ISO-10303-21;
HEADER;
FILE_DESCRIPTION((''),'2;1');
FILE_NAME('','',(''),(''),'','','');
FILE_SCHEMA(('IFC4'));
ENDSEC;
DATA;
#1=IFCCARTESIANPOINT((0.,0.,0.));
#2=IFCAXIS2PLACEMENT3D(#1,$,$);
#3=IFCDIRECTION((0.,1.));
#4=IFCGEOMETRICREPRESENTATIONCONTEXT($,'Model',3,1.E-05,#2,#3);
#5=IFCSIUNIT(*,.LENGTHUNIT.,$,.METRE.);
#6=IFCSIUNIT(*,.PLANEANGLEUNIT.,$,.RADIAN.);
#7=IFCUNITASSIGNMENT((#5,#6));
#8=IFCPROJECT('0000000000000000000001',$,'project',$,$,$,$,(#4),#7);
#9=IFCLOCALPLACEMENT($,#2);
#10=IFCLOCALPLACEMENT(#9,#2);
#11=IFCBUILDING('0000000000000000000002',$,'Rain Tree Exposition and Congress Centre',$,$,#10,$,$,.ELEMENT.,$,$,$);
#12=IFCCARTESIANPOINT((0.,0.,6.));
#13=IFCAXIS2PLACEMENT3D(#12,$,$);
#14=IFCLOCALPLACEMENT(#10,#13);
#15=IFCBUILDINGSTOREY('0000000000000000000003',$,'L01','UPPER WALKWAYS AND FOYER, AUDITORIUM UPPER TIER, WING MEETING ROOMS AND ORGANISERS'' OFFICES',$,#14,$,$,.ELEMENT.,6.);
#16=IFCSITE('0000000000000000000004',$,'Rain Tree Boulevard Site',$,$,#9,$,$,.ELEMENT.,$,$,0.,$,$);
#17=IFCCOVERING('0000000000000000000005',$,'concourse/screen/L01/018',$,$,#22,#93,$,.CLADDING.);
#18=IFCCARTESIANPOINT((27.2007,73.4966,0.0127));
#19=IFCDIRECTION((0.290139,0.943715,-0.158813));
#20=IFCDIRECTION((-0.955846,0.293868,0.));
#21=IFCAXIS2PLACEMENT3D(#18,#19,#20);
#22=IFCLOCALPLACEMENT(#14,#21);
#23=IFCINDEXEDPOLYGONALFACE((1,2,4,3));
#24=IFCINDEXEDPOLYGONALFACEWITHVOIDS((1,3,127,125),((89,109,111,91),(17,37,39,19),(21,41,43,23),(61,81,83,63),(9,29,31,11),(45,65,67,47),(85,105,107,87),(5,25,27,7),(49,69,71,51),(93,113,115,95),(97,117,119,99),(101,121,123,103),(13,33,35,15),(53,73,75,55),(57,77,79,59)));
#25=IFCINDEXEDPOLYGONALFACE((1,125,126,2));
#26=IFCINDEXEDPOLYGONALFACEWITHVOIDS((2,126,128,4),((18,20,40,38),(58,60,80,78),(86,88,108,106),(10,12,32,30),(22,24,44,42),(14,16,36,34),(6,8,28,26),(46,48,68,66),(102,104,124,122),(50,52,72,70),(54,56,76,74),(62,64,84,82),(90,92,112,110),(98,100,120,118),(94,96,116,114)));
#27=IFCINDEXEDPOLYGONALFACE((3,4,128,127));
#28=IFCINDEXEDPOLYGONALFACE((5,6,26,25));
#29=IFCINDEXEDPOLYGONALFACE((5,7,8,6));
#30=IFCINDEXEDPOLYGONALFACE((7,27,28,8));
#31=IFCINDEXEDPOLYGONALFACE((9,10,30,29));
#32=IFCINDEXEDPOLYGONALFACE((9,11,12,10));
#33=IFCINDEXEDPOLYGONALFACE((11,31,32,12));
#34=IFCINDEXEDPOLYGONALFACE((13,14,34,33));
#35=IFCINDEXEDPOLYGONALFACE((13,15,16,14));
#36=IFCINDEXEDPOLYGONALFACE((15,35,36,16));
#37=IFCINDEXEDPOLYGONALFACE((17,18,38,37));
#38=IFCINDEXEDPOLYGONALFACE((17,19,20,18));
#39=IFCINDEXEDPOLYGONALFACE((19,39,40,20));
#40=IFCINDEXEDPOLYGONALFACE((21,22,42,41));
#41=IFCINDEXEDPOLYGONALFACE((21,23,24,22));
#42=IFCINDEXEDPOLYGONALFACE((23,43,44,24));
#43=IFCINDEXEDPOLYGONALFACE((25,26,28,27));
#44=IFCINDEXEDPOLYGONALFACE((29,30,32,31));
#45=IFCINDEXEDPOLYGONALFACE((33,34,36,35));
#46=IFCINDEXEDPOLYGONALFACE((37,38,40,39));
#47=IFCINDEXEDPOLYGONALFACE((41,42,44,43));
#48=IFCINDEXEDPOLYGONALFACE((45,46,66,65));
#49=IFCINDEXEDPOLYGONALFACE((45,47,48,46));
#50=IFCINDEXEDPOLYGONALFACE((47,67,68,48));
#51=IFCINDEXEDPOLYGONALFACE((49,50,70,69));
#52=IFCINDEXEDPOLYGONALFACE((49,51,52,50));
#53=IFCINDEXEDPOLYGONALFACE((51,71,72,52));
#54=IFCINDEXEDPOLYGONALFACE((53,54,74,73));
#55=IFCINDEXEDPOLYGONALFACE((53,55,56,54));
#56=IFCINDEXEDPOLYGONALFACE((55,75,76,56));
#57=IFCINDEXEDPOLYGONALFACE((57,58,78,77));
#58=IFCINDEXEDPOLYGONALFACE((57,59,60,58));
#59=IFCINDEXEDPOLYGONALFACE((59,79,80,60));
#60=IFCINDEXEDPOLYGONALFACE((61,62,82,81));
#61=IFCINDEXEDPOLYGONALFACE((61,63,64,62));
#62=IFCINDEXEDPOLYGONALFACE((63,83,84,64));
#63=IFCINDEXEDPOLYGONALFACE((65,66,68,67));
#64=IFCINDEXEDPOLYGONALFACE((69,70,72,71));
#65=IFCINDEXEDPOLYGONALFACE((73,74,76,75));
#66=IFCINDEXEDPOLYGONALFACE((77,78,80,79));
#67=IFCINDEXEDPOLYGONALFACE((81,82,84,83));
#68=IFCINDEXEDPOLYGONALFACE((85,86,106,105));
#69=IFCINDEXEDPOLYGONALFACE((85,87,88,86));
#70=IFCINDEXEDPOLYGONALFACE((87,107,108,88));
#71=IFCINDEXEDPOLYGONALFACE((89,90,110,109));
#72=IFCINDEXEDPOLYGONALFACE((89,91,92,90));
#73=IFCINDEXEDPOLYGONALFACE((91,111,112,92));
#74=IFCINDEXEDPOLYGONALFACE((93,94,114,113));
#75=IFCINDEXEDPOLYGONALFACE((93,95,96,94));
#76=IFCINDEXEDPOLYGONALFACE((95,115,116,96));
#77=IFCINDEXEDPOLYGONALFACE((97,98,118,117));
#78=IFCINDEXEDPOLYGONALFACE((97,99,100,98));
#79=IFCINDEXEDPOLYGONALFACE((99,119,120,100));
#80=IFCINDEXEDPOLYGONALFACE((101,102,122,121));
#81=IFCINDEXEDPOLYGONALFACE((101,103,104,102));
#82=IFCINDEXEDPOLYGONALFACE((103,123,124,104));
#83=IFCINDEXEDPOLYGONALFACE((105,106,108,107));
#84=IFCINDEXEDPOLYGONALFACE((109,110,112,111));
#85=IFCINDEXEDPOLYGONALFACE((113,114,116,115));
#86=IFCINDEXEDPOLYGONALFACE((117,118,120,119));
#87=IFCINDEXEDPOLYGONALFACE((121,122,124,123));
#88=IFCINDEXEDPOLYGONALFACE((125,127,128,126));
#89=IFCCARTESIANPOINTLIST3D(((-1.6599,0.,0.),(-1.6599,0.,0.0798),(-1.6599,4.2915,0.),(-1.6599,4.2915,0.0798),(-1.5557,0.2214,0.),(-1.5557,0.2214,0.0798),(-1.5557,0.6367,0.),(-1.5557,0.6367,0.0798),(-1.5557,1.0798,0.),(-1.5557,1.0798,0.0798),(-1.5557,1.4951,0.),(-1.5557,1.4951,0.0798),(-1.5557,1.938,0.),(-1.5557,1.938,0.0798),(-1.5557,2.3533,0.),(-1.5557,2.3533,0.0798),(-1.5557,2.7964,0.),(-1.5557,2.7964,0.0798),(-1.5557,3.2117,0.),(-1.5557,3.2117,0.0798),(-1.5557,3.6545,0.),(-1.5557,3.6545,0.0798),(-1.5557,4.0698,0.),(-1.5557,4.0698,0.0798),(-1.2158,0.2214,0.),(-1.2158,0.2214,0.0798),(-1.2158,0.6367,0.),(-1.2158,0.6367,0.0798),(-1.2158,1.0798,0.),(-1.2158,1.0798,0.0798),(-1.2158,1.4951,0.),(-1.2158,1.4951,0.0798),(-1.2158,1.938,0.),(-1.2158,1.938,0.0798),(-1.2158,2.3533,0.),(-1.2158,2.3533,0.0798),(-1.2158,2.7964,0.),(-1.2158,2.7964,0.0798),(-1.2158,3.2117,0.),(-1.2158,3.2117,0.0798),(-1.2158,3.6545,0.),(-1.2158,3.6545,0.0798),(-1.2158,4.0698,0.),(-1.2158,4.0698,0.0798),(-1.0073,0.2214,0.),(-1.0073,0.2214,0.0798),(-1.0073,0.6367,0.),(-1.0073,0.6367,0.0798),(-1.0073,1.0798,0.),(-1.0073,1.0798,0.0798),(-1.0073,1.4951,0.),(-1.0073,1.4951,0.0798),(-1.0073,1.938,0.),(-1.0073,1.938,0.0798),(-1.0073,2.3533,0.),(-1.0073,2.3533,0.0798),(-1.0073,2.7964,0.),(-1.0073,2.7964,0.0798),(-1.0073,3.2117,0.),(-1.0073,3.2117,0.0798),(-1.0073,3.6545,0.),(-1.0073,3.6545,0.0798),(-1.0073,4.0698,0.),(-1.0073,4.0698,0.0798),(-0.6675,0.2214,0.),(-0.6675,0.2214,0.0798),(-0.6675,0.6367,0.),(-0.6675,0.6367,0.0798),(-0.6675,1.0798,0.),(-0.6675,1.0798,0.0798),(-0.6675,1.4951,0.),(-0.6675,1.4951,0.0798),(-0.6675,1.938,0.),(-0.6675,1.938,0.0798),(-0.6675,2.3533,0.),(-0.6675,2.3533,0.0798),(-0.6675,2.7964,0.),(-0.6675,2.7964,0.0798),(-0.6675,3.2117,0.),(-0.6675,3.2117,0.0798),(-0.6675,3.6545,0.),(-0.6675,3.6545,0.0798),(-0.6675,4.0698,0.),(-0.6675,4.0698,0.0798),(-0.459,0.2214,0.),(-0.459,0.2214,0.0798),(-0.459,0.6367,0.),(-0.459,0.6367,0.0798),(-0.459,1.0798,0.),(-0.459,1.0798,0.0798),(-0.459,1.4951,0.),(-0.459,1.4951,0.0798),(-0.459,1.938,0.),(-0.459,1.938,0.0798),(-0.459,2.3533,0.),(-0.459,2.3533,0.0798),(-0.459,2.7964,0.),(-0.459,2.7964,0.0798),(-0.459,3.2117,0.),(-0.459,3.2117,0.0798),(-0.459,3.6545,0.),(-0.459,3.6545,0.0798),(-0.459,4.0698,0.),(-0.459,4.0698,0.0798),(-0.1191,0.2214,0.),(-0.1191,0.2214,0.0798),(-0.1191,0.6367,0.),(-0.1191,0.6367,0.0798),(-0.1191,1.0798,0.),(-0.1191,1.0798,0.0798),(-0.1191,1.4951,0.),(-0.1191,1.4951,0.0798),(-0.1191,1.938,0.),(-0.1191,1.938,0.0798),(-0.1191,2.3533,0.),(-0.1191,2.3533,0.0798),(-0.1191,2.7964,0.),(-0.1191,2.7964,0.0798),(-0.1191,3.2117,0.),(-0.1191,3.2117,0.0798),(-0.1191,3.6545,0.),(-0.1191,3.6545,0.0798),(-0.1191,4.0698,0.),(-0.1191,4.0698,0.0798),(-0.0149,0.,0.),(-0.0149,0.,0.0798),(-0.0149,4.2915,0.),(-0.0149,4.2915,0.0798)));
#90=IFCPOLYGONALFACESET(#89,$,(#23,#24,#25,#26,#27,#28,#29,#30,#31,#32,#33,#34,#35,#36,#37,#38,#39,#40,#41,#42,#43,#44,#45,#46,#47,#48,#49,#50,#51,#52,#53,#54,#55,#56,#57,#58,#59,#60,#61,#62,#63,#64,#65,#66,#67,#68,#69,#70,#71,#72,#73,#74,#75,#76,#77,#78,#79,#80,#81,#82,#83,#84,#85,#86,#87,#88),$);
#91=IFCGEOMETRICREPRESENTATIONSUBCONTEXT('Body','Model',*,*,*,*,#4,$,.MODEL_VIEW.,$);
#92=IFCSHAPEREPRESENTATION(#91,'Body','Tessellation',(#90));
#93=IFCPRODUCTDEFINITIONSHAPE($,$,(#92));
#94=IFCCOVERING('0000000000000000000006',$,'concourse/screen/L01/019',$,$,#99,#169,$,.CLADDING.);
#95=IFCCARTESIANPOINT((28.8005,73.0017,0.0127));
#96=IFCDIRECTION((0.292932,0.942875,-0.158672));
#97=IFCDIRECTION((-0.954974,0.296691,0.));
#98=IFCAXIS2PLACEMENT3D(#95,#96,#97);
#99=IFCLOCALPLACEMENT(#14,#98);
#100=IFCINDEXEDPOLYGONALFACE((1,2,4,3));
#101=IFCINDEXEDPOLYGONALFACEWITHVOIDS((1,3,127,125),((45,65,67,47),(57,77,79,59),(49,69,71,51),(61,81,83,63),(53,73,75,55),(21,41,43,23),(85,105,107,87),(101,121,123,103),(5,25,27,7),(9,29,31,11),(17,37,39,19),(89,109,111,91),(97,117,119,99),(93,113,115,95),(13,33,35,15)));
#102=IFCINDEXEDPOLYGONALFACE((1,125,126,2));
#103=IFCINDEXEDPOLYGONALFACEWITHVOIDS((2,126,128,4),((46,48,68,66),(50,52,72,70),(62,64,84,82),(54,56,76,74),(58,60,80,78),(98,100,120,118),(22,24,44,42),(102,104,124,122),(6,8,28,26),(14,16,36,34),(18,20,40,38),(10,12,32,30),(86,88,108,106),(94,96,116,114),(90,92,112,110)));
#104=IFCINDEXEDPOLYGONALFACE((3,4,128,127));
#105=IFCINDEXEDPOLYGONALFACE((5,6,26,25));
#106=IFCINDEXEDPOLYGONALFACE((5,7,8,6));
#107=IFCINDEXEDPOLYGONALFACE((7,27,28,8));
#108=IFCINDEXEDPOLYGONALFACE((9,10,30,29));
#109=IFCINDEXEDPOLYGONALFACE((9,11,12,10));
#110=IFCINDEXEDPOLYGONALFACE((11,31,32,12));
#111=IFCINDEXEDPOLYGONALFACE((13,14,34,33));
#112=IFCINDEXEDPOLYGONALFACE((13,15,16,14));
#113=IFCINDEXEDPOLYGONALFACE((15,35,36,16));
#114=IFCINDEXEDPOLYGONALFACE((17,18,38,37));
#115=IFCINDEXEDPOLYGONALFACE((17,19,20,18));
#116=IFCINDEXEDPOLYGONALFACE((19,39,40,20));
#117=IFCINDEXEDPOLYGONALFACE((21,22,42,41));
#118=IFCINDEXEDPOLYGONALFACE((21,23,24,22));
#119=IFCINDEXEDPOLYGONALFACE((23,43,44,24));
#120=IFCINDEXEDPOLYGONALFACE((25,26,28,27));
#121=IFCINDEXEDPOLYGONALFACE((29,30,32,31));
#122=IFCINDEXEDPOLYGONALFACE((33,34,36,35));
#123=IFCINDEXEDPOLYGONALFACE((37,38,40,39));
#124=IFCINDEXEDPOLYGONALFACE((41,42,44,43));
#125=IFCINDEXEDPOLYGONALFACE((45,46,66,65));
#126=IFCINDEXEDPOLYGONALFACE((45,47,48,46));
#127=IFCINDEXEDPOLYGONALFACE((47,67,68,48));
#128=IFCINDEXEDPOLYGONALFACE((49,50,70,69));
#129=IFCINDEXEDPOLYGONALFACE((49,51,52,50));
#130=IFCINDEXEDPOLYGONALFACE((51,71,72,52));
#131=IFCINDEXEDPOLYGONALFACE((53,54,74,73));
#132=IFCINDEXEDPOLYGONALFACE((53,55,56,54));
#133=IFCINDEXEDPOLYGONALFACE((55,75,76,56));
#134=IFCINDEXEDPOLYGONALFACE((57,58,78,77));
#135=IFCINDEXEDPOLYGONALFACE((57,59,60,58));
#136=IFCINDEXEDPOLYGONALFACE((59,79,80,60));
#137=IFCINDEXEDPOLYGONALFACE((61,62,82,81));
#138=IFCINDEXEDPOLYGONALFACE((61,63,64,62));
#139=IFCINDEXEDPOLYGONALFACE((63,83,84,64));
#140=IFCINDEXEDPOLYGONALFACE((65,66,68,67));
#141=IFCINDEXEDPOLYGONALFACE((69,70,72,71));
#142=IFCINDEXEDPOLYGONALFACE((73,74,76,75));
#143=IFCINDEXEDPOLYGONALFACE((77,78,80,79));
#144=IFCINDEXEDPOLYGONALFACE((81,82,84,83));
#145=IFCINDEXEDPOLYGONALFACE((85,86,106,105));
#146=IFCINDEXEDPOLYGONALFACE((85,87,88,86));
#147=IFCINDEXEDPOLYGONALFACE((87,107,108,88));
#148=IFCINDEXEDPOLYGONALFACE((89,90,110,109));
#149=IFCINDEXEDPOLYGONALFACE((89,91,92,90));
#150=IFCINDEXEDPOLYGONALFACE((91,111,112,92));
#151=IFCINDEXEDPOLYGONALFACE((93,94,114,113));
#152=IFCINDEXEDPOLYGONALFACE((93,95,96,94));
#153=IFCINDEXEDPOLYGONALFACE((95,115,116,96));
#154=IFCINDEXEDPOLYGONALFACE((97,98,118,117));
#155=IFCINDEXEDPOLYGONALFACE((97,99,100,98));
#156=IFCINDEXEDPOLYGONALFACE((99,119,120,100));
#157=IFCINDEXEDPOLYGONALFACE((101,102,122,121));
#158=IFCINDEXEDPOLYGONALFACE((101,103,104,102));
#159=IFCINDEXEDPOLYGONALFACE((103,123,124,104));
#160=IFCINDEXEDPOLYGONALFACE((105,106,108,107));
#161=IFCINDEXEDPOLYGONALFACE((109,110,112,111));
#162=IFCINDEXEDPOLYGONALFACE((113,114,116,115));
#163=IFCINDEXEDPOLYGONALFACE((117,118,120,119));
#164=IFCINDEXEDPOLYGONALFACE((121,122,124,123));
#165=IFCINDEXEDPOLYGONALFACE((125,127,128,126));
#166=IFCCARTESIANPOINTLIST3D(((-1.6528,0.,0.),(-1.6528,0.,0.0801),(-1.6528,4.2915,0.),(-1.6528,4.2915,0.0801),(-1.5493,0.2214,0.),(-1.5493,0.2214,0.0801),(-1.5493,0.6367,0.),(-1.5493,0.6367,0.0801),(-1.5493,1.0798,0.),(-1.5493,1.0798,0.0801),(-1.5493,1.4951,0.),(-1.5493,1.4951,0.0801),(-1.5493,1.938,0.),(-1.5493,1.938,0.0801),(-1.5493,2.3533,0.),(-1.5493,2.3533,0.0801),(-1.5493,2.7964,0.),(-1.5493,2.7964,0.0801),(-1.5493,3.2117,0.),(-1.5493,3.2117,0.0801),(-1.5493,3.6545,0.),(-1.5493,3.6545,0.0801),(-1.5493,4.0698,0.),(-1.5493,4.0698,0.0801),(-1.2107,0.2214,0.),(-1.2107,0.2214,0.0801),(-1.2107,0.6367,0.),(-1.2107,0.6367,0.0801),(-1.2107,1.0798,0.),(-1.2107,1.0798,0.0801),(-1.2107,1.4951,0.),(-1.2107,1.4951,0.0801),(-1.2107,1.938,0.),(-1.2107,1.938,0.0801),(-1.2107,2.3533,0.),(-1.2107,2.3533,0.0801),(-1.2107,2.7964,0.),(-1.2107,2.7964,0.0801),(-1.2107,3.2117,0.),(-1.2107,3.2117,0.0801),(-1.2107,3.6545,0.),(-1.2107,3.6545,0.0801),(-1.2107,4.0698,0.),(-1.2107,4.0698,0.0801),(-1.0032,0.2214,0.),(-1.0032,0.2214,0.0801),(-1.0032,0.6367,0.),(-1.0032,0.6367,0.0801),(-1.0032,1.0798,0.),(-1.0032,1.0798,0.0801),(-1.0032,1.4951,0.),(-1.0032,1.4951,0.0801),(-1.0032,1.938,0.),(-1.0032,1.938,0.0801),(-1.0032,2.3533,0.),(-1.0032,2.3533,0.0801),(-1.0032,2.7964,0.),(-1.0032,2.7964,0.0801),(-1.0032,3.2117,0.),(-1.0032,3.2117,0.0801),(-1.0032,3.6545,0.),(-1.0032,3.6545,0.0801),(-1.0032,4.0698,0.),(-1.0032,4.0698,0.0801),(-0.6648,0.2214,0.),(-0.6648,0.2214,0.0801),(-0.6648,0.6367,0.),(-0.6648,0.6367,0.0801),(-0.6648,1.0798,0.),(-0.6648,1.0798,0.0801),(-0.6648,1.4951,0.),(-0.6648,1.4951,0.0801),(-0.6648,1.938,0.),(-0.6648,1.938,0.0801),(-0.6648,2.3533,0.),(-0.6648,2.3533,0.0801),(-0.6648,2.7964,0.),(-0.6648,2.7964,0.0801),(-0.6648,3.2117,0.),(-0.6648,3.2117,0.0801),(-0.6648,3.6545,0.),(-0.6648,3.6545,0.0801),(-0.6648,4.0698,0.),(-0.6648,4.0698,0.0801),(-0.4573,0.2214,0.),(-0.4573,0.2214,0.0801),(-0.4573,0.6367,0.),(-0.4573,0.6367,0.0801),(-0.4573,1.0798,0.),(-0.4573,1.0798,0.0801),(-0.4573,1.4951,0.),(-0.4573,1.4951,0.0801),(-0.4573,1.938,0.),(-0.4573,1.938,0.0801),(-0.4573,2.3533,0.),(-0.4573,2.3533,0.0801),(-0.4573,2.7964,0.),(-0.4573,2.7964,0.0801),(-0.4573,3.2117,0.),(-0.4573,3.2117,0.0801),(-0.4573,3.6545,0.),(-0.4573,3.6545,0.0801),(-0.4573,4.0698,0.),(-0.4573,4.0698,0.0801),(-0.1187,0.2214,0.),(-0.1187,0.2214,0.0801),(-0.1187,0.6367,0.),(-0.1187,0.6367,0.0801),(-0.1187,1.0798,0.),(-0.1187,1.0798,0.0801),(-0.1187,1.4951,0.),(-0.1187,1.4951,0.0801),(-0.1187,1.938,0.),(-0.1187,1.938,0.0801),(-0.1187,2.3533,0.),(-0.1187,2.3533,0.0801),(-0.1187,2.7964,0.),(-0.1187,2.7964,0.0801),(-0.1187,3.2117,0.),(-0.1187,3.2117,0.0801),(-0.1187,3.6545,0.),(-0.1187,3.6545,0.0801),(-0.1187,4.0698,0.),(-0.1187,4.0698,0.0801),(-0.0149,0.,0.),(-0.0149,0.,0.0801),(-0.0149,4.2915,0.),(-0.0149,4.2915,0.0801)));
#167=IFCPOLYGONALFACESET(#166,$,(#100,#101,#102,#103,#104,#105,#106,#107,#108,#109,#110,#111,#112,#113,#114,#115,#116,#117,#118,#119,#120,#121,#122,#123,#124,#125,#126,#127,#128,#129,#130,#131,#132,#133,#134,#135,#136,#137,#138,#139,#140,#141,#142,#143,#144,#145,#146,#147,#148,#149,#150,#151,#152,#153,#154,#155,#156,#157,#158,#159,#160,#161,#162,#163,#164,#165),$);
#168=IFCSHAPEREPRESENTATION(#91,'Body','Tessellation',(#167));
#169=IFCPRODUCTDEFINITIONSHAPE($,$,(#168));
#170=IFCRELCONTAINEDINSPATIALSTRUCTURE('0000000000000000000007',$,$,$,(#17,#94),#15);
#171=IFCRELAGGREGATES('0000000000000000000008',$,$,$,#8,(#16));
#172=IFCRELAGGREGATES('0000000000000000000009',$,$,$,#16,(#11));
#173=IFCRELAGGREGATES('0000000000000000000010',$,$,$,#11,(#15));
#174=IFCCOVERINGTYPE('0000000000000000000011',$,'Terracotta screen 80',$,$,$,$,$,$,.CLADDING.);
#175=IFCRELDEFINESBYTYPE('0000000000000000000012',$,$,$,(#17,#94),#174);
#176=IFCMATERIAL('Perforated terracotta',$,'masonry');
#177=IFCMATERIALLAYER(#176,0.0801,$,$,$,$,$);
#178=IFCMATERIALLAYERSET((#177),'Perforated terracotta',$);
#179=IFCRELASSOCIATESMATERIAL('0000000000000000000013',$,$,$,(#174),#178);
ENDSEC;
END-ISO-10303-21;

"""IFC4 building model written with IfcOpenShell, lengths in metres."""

from ifc_helpers import new_model, si_unit, direction, frame, origin, place, context, subcontext, project, spatial, polyline, outline, extrude, material, layer, layer_set, type_object, element, save


model = new_model("IFC4")

# Units and contexts
model_context = context("Model", 3, precision=1e-05, world=origin(), true_north=direction((0.0, 1.0)))
body_context = subcontext(model_context, "Body", "Model", "MODEL_VIEW")
ifc_project = project(units=[si_unit("LENGTHUNIT", "METRE"), si_unit("PLANEANGLEUNIT", "RADIAN")], contexts=[model_context])

# Site, building, storey
site_placement = place(None, origin())
site = spatial("IfcSite", under=ifc_project, at=site_placement, Name="Rain Tree Boulevard Site", CompositionType="ELEMENT", RefElevation=0.0)
building_placement = place(site_placement, origin())
building = spatial("IfcBuilding", under=site, at=building_placement, Name="Rain Tree Exposition and Congress Centre", CompositionType="ELEMENT")
storey_placement = place(building_placement, frame((0.0, 0.0, 6.0)))
storey = spatial("IfcBuildingStorey", under=building, at=storey_placement, Name="L01", Description="UPPER WALKWAYS AND FOYER, AUDITORIUM UPPER TIER, WING MEETING ROOMS AND ORGANISERS' OFFICES", CompositionType="ELEMENT", Elevation=6.0)

# Coverings
ifc_material_1 = material(Name="Perforated terracotta", Category="masonry")
ifc_layer = layer(ifc_material_1, 0.0801)
ifc_layer_set = layer_set([ifc_layer], Name="Perforated terracotta")
covering_type = type_object("IfcCoveringType", Name="Terracotta screen 80", PredefinedType="CLADDING", material=ifc_layer_set)
covering_1_placement = place(storey_placement, frame((27.2007, 73.4966, 0.0127), z_axis=(0.290139, 0.943715, -0.158813), x_axis=(-0.955846, 0.293868, 0.0)))
element("IfcCovering", 1, at=covering_1_placement, inside=storey, type_object=covering_type, Name="concourse/screen/L01/018", PredefinedType="CLADDING", context=body_context, shape_type="SweptSolid", body=[
    extrude(outline(polyline([(-1.6599, 0.0), (-1.6599, 4.2915), (-0.0149, 4.2915), (-0.0149, 0.0), (-1.6599, 0.0)]), holes=[polyline([(-0.1191, 0.2214), (-0.1191, 0.6367), (-0.459, 0.6367), (-0.459, 0.2214), (-0.1191, 0.2214)]), polyline([(-0.1191, 1.0798), (-0.1191, 1.4951), (-0.459, 1.4951), (-0.459, 1.0798), (-0.1191, 1.0798)]), polyline([(-0.1191, 1.938), (-0.1191, 2.3533), (-0.459, 2.3533), (-0.459, 1.938), (-0.1191, 1.938)]), polyline([(-0.1191, 2.7964), (-0.1191, 3.2117), (-0.459, 3.2117), (-0.459, 2.7964), (-0.1191, 2.7964)]), polyline([(-0.1191, 3.6545), (-0.1191, 4.0698), (-0.459, 4.0698), (-0.459, 3.6545), (-0.1191, 3.6545)]), polyline([(-0.6675, 0.2214), (-0.6675, 0.6367), (-1.0073, 0.6367), (-1.0073, 0.2214), (-0.6675, 0.2214)]), polyline([(-0.6675, 1.0798), (-0.6675, 1.4951), (-1.0073, 1.4951), (-1.0073, 1.0798), (-0.6675, 1.0798)]), polyline([(-0.6675, 1.938), (-0.6675, 2.3533), (-1.0073, 2.3533), (-1.0073, 1.938), (-0.6675, 1.938)]), polyline([(-0.6675, 2.7964), (-0.6675, 3.2117), (-1.0073, 3.2117), (-1.0073, 2.7964), (-0.6675, 2.7964)]), polyline([(-0.6675, 3.6545), (-0.6675, 4.0698), (-1.0073, 4.0698), (-1.0073, 3.6545), (-0.6675, 3.6545)]), polyline([(-1.2158, 0.2214), (-1.2158, 0.6367), (-1.5557, 0.6367), (-1.5557, 0.2214), (-1.2158, 0.2214)]), polyline([(-1.2158, 1.0798), (-1.2158, 1.4951), (-1.5557, 1.4951), (-1.5557, 1.0798), (-1.2158, 1.0798)]), polyline([(-1.2158, 1.938), (-1.2158, 2.3533), (-1.5557, 2.3533), (-1.5557, 1.938), (-1.2158, 1.938)]), polyline([(-1.2158, 2.7964), (-1.2158, 3.2117), (-1.5557, 3.2117), (-1.5557, 2.7964), (-1.2158, 2.7964)]), polyline([(-1.2158, 3.6545), (-1.2158, 4.0698), (-1.5557, 4.0698), (-1.5557, 3.6545), (-1.2158, 3.6545)])]), origin(), (0.0, 0.0, 1.0), 0.0798),
])
covering_2_placement = place(storey_placement, frame((28.8005, 73.0017, 0.0127), z_axis=(0.292932, 0.942875, -0.158672), x_axis=(-0.954974, 0.296691, 0.0)))
element("IfcCovering", 2, at=covering_2_placement, inside=storey, type_object=covering_type, Name="concourse/screen/L01/019", PredefinedType="CLADDING", context=body_context, shape_type="SweptSolid", body=[
    extrude(outline(polyline([(-1.6528, 0.0), (-1.6528, 4.2915), (-0.0149, 4.2915), (-0.0149, 0.0), (-1.6528, 0.0)]), holes=[polyline([(-0.1187, 0.2214), (-0.1187, 0.6367), (-0.4573, 0.6367), (-0.4573, 0.2214), (-0.1187, 0.2214)]), polyline([(-0.1187, 1.0798), (-0.1187, 1.4951), (-0.4573, 1.4951), (-0.4573, 1.0798), (-0.1187, 1.0798)]), polyline([(-0.1187, 1.938), (-0.1187, 2.3533), (-0.4573, 2.3533), (-0.4573, 1.938), (-0.1187, 1.938)]), polyline([(-0.1187, 2.7964), (-0.1187, 3.2117), (-0.4573, 3.2117), (-0.4573, 2.7964), (-0.1187, 2.7964)]), polyline([(-0.1187, 3.6545), (-0.1187, 4.0698), (-0.4573, 4.0698), (-0.4573, 3.6545), (-0.1187, 3.6545)]), polyline([(-0.6648, 0.2214), (-0.6648, 0.6367), (-1.0032, 0.6367), (-1.0032, 0.2214), (-0.6648, 0.2214)]), polyline([(-0.6648, 1.0798), (-0.6648, 1.4951), (-1.0032, 1.4951), (-1.0032, 1.0798), (-0.6648, 1.0798)]), polyline([(-0.6648, 1.938), (-0.6648, 2.3533), (-1.0032, 2.3533), (-1.0032, 1.938), (-0.6648, 1.938)]), polyline([(-0.6648, 2.7964), (-0.6648, 3.2117), (-1.0032, 3.2117), (-1.0032, 2.7964), (-0.6648, 2.7964)]), polyline([(-0.6648, 3.6545), (-0.6648, 4.0698), (-1.0032, 4.0698), (-1.0032, 3.6545), (-0.6648, 3.6545)]), polyline([(-1.2107, 0.2214), (-1.2107, 0.6367), (-1.5493, 0.6367), (-1.5493, 0.2214), (-1.2107, 0.2214)]), polyline([(-1.2107, 1.0798), (-1.2107, 1.4951), (-1.5493, 1.4951), (-1.5493, 1.0798), (-1.2107, 1.0798)]), polyline([(-1.2107, 1.938), (-1.2107, 2.3533), (-1.5493, 2.3533), (-1.5493, 1.938), (-1.2107, 1.938)]), polyline([(-1.2107, 2.7964), (-1.2107, 3.2117), (-1.5493, 3.2117), (-1.5493, 2.7964), (-1.2107, 2.7964)]), polyline([(-1.2107, 3.6545), (-1.2107, 4.0698), (-1.5493, 4.0698), (-1.5493, 3.6545), (-1.2107, 3.6545)])]), origin(), (0.0, 0.0, 1.0), 0.0801),
])

save(model, "model.ifc")
